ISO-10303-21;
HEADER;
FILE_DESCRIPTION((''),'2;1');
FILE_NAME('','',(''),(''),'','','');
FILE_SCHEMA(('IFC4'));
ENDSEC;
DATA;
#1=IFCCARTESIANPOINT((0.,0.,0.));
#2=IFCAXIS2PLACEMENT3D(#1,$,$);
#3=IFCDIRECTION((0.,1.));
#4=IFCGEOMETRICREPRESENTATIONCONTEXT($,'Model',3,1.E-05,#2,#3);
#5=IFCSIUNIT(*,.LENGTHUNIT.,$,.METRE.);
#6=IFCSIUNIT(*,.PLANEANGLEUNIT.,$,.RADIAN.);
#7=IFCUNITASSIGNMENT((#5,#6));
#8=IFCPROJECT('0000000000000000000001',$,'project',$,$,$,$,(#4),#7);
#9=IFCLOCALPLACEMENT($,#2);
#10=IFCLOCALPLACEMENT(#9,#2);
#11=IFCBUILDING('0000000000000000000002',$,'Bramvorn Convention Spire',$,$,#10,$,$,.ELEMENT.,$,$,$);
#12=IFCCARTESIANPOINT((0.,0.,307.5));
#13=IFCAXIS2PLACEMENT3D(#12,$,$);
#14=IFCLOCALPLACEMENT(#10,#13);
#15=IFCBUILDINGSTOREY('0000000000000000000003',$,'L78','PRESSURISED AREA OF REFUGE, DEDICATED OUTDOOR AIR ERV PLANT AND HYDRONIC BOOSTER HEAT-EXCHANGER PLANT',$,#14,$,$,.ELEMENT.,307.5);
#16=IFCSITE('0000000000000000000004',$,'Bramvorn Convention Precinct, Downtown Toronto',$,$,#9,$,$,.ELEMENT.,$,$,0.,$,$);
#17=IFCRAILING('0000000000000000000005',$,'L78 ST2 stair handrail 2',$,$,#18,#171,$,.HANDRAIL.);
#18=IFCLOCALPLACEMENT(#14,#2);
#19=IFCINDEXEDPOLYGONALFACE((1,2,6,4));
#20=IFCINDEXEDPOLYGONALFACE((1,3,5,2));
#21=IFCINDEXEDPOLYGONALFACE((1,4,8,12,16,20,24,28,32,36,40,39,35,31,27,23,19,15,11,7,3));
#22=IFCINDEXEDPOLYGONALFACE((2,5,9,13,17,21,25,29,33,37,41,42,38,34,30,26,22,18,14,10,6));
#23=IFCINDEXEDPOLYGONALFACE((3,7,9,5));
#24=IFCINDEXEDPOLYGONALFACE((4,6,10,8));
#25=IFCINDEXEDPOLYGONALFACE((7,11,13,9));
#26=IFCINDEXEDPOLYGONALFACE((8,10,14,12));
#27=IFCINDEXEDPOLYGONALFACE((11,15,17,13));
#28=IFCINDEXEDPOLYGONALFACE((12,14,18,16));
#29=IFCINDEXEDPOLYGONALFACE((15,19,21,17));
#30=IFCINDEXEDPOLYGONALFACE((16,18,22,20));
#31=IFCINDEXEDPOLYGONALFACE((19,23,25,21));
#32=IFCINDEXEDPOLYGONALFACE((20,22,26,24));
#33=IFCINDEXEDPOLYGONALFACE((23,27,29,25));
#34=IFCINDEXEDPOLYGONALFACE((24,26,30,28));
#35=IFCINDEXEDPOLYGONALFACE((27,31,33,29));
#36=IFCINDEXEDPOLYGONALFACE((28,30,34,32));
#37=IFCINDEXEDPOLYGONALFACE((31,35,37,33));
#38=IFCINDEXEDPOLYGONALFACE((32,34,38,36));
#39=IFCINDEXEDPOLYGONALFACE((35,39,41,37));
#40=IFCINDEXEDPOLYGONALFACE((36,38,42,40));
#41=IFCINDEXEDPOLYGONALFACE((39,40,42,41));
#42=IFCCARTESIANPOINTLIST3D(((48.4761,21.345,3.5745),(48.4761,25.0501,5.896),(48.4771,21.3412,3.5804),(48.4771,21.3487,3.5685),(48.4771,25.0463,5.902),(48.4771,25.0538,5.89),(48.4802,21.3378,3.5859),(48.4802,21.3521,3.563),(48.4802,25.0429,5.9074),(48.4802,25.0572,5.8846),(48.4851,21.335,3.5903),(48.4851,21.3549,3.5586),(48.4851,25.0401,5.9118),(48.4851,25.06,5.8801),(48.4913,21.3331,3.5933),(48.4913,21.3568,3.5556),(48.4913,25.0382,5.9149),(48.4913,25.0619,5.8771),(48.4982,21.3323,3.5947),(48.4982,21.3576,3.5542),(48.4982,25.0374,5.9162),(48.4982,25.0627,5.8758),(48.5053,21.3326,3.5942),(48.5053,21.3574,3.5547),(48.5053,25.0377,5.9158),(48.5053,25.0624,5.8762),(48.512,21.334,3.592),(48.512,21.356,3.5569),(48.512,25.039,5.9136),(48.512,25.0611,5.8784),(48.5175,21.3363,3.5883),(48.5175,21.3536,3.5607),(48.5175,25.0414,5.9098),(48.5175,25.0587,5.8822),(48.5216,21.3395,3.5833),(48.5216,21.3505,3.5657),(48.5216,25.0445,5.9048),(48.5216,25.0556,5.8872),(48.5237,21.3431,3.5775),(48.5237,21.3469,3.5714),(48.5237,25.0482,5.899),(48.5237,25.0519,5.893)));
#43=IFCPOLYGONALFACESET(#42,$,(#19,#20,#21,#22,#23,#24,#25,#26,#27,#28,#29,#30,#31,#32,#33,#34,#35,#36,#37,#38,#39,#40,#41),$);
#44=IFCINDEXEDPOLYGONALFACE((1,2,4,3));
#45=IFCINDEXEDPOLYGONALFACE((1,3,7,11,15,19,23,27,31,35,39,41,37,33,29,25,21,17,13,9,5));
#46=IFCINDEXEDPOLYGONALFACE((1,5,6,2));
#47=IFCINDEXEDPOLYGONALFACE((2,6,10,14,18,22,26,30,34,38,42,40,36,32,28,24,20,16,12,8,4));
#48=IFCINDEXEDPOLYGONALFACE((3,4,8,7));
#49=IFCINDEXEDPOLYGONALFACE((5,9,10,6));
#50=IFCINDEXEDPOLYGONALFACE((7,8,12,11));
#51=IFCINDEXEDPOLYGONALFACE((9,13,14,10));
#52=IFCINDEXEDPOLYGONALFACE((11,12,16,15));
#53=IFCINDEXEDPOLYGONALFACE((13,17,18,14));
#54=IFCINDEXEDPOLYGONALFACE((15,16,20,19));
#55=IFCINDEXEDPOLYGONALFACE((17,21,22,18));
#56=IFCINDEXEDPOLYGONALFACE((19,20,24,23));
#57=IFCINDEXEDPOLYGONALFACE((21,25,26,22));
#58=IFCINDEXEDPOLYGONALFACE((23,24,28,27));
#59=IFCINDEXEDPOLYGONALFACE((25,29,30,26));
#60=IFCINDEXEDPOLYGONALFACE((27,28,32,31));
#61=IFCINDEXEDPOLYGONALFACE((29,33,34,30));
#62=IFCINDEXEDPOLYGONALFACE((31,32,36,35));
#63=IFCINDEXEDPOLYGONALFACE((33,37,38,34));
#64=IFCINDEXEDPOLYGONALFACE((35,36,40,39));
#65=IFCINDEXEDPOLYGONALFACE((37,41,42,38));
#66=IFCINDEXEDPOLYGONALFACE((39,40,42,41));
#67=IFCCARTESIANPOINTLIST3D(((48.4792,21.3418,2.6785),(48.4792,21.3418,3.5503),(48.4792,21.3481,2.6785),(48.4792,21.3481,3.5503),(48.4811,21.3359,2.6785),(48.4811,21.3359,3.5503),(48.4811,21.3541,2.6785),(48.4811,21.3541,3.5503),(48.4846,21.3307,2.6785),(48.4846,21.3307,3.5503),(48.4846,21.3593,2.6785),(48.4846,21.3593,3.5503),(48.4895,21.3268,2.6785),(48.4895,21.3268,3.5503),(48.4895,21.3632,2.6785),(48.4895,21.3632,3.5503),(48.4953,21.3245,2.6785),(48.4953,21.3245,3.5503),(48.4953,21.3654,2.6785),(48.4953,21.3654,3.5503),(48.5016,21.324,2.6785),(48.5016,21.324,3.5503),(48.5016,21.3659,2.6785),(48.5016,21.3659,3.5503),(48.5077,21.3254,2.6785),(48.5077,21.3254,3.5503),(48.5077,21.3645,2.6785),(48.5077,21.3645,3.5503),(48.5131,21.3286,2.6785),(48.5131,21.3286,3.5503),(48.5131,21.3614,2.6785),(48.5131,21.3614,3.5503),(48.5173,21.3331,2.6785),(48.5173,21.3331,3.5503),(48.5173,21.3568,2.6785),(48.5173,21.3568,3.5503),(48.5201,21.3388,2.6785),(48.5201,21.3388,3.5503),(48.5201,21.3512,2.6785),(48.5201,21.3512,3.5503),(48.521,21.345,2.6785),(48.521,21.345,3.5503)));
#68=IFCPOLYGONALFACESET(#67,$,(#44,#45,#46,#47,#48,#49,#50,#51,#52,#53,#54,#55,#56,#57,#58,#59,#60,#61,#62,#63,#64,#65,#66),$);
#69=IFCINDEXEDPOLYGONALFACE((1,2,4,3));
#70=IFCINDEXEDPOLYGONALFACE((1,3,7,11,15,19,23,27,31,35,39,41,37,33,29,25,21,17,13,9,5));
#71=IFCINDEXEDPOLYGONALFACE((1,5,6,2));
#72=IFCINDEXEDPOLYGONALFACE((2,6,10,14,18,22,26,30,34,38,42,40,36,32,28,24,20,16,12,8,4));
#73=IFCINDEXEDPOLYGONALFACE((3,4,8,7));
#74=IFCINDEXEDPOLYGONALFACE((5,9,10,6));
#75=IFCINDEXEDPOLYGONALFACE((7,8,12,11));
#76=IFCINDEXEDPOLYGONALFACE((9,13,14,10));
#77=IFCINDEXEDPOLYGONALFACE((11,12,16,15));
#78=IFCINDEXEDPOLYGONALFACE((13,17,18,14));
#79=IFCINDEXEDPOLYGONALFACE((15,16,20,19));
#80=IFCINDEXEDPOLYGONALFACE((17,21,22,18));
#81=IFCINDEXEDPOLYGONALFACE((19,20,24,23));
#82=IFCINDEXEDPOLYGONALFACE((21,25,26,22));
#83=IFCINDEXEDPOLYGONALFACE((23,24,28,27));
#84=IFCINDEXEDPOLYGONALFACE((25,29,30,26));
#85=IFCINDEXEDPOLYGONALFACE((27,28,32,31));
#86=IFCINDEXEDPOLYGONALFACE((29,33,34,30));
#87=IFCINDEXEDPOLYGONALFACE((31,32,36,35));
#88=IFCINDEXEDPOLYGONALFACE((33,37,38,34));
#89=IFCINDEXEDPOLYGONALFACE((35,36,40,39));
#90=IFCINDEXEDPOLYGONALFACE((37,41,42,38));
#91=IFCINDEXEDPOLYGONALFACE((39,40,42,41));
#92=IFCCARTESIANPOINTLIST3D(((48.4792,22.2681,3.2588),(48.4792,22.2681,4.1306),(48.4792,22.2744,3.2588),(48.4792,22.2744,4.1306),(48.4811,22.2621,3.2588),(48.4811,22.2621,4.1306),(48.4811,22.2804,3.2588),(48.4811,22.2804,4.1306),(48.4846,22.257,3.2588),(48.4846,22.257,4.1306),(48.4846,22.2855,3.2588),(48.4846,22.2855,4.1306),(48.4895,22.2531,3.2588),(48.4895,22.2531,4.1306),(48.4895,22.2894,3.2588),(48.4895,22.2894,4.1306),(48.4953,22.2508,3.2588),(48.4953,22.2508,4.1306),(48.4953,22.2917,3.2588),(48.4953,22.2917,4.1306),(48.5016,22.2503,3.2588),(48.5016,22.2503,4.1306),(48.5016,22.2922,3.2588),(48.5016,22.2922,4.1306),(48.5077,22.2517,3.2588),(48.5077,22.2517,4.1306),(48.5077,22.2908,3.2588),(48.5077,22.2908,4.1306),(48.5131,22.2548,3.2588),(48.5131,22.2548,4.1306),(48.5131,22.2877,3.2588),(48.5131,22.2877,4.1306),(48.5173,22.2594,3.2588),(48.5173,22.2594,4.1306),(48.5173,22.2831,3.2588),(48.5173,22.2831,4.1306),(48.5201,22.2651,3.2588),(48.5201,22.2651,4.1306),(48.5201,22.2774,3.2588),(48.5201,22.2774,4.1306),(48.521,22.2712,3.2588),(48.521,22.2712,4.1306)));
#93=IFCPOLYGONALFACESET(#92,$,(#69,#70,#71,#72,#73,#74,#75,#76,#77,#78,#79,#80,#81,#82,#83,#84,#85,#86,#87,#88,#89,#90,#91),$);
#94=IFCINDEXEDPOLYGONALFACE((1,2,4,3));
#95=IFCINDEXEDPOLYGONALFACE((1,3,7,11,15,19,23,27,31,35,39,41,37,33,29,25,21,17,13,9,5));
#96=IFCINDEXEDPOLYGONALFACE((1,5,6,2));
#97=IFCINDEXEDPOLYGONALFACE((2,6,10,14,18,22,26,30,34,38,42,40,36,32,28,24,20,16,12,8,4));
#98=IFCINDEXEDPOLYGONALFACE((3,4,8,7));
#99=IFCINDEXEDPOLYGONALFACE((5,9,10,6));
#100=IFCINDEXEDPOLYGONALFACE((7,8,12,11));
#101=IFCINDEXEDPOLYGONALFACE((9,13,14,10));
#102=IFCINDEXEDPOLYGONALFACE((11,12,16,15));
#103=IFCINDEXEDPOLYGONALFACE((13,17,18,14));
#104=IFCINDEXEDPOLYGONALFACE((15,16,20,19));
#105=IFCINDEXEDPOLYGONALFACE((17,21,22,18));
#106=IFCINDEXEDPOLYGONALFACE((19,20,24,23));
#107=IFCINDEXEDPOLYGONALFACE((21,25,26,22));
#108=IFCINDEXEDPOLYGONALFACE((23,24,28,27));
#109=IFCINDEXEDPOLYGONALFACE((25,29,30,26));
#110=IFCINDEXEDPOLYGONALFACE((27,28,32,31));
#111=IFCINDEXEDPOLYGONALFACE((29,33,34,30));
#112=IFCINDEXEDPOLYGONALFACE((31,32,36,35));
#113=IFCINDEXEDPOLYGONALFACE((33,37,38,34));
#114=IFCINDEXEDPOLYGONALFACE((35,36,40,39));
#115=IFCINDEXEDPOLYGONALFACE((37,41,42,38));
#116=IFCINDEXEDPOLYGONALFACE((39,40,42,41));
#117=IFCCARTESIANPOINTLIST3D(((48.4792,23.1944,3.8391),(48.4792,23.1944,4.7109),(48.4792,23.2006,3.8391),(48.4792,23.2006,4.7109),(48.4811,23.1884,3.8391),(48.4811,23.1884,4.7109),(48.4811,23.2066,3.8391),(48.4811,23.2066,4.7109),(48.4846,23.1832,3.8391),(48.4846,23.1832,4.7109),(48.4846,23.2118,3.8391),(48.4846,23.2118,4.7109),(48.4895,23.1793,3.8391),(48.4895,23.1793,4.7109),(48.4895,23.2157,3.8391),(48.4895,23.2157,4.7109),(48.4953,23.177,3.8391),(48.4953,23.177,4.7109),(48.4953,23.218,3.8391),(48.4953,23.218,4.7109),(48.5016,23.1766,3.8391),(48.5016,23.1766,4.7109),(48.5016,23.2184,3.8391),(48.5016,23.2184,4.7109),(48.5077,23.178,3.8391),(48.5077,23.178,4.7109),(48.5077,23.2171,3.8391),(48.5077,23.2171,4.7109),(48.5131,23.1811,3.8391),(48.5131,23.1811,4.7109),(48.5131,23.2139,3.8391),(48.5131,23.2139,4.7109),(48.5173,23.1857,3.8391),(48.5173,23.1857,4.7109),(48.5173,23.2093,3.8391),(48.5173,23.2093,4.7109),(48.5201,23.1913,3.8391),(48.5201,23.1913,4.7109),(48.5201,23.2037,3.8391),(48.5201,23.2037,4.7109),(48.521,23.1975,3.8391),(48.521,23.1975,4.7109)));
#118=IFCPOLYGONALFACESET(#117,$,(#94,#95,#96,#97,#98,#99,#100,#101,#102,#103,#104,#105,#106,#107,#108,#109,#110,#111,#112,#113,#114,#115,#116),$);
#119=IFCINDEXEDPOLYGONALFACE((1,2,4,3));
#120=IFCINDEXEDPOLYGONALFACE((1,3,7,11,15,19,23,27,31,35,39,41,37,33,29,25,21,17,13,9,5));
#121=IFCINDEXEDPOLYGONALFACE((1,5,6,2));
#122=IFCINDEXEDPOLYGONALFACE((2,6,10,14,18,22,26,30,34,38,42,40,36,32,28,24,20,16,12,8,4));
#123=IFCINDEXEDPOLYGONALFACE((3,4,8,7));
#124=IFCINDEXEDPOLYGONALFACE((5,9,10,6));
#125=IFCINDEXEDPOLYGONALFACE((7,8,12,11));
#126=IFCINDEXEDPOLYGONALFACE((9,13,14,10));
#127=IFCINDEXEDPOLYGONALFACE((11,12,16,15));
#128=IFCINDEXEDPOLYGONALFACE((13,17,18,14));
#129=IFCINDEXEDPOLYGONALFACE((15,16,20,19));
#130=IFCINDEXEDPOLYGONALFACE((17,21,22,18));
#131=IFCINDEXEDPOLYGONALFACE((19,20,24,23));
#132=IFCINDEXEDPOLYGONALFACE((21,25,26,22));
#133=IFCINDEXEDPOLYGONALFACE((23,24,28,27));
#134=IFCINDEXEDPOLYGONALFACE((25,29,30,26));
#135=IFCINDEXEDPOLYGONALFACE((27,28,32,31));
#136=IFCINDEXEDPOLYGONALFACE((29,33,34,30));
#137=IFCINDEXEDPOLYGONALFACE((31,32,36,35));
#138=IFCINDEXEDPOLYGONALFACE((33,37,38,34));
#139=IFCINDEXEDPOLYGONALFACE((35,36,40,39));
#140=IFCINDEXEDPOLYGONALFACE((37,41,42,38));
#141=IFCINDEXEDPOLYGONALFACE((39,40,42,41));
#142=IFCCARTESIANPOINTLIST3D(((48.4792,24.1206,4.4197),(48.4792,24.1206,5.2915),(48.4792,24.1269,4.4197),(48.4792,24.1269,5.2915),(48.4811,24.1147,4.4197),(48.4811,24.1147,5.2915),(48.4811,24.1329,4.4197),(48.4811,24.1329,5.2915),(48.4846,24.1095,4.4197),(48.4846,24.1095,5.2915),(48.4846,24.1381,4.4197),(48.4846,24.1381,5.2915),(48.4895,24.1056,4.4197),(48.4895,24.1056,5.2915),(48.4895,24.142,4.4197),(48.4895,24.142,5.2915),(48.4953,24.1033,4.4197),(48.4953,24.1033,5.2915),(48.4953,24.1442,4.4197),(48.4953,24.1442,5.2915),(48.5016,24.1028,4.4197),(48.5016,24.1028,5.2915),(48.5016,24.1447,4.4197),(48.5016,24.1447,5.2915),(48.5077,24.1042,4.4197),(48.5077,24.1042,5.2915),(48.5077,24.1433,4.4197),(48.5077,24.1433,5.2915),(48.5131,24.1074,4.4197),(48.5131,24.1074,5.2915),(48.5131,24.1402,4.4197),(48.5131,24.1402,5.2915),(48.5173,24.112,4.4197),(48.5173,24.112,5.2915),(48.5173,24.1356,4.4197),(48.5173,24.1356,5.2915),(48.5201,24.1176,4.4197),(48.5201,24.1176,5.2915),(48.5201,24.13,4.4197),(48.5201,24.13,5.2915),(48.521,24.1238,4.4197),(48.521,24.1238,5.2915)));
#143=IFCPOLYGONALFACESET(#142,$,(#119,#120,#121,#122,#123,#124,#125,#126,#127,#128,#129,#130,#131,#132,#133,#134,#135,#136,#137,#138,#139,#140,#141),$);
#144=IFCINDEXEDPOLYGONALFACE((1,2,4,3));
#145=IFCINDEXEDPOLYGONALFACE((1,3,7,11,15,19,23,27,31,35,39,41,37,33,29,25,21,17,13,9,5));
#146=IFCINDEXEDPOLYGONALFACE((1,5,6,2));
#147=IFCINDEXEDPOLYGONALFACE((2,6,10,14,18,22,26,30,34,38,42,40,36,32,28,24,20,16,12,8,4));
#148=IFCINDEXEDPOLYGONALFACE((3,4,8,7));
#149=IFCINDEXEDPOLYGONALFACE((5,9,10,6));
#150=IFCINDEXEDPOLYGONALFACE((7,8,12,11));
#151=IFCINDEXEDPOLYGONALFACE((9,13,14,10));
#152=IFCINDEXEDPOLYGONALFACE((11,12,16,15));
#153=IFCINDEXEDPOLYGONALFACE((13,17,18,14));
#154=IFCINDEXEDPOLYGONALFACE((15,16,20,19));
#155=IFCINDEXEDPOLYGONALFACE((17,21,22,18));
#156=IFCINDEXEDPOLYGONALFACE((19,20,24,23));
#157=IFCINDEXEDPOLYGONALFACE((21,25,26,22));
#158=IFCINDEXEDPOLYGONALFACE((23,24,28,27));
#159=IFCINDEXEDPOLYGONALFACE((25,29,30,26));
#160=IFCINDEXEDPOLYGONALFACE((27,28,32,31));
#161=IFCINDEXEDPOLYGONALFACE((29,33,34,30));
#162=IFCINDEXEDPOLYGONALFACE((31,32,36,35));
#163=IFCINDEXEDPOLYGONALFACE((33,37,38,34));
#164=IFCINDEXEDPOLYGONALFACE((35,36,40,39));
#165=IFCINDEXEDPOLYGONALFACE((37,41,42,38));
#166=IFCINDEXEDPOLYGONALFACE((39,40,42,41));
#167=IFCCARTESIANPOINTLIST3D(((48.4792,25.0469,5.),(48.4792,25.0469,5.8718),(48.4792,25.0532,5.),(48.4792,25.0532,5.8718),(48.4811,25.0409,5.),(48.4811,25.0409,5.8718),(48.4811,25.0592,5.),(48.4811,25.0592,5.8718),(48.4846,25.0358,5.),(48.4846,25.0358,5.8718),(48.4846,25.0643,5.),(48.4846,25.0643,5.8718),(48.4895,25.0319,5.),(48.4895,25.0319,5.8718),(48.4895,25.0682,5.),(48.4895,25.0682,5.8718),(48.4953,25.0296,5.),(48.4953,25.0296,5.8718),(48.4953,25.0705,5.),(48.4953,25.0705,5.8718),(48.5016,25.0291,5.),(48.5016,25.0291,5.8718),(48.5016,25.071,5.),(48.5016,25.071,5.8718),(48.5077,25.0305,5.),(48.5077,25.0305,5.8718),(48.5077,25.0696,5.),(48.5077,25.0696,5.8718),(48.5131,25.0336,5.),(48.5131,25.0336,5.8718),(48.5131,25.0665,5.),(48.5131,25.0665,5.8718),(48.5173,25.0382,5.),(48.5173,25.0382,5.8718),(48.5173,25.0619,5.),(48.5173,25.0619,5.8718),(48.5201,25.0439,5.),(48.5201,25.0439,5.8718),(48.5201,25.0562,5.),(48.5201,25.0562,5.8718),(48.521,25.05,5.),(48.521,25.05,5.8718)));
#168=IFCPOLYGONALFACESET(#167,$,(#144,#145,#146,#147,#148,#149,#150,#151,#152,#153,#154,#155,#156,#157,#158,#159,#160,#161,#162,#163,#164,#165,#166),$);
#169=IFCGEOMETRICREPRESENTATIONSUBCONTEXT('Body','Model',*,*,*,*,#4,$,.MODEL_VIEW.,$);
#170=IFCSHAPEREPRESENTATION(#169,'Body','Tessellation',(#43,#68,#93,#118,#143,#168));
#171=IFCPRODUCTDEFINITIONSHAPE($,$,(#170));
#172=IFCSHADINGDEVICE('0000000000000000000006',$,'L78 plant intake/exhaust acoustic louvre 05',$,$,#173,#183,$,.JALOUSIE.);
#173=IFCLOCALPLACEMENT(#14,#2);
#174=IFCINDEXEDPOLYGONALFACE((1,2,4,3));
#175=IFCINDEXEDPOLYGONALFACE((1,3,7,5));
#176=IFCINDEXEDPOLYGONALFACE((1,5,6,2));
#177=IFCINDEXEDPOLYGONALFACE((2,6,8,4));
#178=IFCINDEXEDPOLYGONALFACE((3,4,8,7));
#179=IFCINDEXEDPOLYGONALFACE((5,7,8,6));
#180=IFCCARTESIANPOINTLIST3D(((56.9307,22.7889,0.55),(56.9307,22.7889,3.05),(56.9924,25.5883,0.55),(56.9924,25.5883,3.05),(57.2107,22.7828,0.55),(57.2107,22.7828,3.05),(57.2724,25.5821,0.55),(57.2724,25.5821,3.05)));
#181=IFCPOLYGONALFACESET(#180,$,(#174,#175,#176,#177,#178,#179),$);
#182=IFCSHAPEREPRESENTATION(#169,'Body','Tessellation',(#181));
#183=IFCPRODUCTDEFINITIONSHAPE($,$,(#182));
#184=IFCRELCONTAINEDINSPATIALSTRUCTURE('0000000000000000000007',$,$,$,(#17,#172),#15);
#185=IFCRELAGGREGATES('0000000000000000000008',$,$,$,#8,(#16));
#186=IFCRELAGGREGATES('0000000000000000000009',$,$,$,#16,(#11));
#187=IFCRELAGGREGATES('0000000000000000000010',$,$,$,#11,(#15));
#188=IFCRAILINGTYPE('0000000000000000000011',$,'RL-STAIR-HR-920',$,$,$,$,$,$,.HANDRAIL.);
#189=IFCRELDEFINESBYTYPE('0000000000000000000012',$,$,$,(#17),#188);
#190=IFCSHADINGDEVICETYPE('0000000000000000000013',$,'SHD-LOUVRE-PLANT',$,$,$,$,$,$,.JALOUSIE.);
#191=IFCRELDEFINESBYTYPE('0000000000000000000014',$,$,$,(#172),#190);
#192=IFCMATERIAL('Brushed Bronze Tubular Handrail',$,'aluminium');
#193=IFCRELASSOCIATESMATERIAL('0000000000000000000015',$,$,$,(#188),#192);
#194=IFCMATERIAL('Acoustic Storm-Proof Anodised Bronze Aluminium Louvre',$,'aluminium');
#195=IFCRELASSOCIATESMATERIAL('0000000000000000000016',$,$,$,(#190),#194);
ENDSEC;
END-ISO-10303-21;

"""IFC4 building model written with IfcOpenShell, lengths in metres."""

from ifc_helpers import new_model, si_unit, direction, frame, origin, origin_2d, place, context, subcontext, project, spatial, rectangle, circle, extrude, material, type_object, element, save


model = new_model("IFC4")

# Units and contexts
model_context = context("Model", 3, precision=1e-05, world=origin(), true_north=direction((0.0, 1.0)))
body_context = subcontext(model_context, "Body", "Model", "MODEL_VIEW")
ifc_project = project(units=[si_unit("LENGTHUNIT", "METRE"), si_unit("PLANEANGLEUNIT", "RADIAN")], contexts=[model_context])

# Site, building, storey
site_placement = place(None, origin())
site = spatial("IfcSite", under=ifc_project, at=site_placement, Name="Bramvorn Convention Precinct, Downtown Toronto", CompositionType="ELEMENT", RefElevation=0.0)
building_placement = place(site_placement, origin())
building = spatial("IfcBuilding", under=site, at=building_placement, Name="Bramvorn Convention Spire", CompositionType="ELEMENT")
storey_placement = place(building_placement, frame((0.0, 0.0, 307.5)))
storey = spatial("IfcBuildingStorey", under=building, at=storey_placement, Name="L78", Description="PRESSURISED AREA OF REFUGE, DEDICATED OUTDOOR AIR ERV PLANT AND HYDRONIC BOOSTER HEAT-EXCHANGER PLANT", CompositionType="ELEMENT", Elevation=307.5)

# Railing
ifc_material_1 = material(Name="Brushed Bronze Tubular Handrail", Category="aluminium")
railing_type_1 = type_object("IfcRailingType", Name="RL-STAIR-HR-920", PredefinedType="HANDRAIL", material=ifc_material_1)
railing_1_placement = place(storey_placement, frame((48.5, 21.345, 2.6785)))
element("IfcRailing", 1, at=railing_1_placement, inside=storey, type_object=railing_type_1, Name="L78 ST2 stair handrail 2", PredefinedType="HANDRAIL", context=body_context, shape_type="SweptSolid", body=[
    extrude(circle(Radius=0.0239, at=origin_2d()), frame((0.0, 0.0, 0.896), z_axis=(0.0, 0.847395, 0.530962), x_axis=(-1.0, 0.0, 0.0)), (0.0, 0.0, 1.0), 4.3723),
    extrude(circle(Radius=0.021, at=origin_2d()), origin(), (0.0, 0.0, 1.0), 0.8718),
    extrude(circle(Radius=0.021, at=origin_2d()), frame((0.0, 0.9263, 0.5803)), (0.0, 0.0, 1.0), 0.8718),
    extrude(circle(Radius=0.021, at=origin_2d()), frame((0.0, 1.8525, 1.1606)), (0.0, 0.0, 1.0), 0.8718),
    extrude(circle(Radius=0.021, at=origin_2d()), frame((0.0, 2.7788, 1.7412)), (0.0, 0.0, 1.0), 0.8718),
    extrude(circle(Radius=0.021, at=origin_2d()), frame((0.0, 3.7051, 2.3215)), (0.0, 0.0, 1.0), 0.8718),
])

# Shading device
ifc_material_2 = material(Name="Acoustic Storm-Proof Anodised Bronze Aluminium Louvre", Category="aluminium")
shading_device_type = type_object("IfcShadingDeviceType", Name="SHD-LOUVRE-PLANT", PredefinedType="JALOUSIE", material=ifc_material_2)
shading_device_placement = place(storey_placement, frame((57.1016, 24.1855, 0.55), z_axis=(0.0, 0.0, 1.0), x_axis=(-0.022045, -0.999757, 0.0)))
element("IfcShadingDevice", 2, at=shading_device_placement, inside=storey, type_object=shading_device_type, Name="L78 plant intake/exhaust acoustic louvre 05", PredefinedType="JALOUSIE", context=body_context, shape_type="SweptSolid", body=[
    extrude(rectangle(XDim=2.8, YDim=0.28, at=origin_2d()), origin(), (0.0, 0.0, 1.0), 2.5),
])

save(model, "model.ifc")
